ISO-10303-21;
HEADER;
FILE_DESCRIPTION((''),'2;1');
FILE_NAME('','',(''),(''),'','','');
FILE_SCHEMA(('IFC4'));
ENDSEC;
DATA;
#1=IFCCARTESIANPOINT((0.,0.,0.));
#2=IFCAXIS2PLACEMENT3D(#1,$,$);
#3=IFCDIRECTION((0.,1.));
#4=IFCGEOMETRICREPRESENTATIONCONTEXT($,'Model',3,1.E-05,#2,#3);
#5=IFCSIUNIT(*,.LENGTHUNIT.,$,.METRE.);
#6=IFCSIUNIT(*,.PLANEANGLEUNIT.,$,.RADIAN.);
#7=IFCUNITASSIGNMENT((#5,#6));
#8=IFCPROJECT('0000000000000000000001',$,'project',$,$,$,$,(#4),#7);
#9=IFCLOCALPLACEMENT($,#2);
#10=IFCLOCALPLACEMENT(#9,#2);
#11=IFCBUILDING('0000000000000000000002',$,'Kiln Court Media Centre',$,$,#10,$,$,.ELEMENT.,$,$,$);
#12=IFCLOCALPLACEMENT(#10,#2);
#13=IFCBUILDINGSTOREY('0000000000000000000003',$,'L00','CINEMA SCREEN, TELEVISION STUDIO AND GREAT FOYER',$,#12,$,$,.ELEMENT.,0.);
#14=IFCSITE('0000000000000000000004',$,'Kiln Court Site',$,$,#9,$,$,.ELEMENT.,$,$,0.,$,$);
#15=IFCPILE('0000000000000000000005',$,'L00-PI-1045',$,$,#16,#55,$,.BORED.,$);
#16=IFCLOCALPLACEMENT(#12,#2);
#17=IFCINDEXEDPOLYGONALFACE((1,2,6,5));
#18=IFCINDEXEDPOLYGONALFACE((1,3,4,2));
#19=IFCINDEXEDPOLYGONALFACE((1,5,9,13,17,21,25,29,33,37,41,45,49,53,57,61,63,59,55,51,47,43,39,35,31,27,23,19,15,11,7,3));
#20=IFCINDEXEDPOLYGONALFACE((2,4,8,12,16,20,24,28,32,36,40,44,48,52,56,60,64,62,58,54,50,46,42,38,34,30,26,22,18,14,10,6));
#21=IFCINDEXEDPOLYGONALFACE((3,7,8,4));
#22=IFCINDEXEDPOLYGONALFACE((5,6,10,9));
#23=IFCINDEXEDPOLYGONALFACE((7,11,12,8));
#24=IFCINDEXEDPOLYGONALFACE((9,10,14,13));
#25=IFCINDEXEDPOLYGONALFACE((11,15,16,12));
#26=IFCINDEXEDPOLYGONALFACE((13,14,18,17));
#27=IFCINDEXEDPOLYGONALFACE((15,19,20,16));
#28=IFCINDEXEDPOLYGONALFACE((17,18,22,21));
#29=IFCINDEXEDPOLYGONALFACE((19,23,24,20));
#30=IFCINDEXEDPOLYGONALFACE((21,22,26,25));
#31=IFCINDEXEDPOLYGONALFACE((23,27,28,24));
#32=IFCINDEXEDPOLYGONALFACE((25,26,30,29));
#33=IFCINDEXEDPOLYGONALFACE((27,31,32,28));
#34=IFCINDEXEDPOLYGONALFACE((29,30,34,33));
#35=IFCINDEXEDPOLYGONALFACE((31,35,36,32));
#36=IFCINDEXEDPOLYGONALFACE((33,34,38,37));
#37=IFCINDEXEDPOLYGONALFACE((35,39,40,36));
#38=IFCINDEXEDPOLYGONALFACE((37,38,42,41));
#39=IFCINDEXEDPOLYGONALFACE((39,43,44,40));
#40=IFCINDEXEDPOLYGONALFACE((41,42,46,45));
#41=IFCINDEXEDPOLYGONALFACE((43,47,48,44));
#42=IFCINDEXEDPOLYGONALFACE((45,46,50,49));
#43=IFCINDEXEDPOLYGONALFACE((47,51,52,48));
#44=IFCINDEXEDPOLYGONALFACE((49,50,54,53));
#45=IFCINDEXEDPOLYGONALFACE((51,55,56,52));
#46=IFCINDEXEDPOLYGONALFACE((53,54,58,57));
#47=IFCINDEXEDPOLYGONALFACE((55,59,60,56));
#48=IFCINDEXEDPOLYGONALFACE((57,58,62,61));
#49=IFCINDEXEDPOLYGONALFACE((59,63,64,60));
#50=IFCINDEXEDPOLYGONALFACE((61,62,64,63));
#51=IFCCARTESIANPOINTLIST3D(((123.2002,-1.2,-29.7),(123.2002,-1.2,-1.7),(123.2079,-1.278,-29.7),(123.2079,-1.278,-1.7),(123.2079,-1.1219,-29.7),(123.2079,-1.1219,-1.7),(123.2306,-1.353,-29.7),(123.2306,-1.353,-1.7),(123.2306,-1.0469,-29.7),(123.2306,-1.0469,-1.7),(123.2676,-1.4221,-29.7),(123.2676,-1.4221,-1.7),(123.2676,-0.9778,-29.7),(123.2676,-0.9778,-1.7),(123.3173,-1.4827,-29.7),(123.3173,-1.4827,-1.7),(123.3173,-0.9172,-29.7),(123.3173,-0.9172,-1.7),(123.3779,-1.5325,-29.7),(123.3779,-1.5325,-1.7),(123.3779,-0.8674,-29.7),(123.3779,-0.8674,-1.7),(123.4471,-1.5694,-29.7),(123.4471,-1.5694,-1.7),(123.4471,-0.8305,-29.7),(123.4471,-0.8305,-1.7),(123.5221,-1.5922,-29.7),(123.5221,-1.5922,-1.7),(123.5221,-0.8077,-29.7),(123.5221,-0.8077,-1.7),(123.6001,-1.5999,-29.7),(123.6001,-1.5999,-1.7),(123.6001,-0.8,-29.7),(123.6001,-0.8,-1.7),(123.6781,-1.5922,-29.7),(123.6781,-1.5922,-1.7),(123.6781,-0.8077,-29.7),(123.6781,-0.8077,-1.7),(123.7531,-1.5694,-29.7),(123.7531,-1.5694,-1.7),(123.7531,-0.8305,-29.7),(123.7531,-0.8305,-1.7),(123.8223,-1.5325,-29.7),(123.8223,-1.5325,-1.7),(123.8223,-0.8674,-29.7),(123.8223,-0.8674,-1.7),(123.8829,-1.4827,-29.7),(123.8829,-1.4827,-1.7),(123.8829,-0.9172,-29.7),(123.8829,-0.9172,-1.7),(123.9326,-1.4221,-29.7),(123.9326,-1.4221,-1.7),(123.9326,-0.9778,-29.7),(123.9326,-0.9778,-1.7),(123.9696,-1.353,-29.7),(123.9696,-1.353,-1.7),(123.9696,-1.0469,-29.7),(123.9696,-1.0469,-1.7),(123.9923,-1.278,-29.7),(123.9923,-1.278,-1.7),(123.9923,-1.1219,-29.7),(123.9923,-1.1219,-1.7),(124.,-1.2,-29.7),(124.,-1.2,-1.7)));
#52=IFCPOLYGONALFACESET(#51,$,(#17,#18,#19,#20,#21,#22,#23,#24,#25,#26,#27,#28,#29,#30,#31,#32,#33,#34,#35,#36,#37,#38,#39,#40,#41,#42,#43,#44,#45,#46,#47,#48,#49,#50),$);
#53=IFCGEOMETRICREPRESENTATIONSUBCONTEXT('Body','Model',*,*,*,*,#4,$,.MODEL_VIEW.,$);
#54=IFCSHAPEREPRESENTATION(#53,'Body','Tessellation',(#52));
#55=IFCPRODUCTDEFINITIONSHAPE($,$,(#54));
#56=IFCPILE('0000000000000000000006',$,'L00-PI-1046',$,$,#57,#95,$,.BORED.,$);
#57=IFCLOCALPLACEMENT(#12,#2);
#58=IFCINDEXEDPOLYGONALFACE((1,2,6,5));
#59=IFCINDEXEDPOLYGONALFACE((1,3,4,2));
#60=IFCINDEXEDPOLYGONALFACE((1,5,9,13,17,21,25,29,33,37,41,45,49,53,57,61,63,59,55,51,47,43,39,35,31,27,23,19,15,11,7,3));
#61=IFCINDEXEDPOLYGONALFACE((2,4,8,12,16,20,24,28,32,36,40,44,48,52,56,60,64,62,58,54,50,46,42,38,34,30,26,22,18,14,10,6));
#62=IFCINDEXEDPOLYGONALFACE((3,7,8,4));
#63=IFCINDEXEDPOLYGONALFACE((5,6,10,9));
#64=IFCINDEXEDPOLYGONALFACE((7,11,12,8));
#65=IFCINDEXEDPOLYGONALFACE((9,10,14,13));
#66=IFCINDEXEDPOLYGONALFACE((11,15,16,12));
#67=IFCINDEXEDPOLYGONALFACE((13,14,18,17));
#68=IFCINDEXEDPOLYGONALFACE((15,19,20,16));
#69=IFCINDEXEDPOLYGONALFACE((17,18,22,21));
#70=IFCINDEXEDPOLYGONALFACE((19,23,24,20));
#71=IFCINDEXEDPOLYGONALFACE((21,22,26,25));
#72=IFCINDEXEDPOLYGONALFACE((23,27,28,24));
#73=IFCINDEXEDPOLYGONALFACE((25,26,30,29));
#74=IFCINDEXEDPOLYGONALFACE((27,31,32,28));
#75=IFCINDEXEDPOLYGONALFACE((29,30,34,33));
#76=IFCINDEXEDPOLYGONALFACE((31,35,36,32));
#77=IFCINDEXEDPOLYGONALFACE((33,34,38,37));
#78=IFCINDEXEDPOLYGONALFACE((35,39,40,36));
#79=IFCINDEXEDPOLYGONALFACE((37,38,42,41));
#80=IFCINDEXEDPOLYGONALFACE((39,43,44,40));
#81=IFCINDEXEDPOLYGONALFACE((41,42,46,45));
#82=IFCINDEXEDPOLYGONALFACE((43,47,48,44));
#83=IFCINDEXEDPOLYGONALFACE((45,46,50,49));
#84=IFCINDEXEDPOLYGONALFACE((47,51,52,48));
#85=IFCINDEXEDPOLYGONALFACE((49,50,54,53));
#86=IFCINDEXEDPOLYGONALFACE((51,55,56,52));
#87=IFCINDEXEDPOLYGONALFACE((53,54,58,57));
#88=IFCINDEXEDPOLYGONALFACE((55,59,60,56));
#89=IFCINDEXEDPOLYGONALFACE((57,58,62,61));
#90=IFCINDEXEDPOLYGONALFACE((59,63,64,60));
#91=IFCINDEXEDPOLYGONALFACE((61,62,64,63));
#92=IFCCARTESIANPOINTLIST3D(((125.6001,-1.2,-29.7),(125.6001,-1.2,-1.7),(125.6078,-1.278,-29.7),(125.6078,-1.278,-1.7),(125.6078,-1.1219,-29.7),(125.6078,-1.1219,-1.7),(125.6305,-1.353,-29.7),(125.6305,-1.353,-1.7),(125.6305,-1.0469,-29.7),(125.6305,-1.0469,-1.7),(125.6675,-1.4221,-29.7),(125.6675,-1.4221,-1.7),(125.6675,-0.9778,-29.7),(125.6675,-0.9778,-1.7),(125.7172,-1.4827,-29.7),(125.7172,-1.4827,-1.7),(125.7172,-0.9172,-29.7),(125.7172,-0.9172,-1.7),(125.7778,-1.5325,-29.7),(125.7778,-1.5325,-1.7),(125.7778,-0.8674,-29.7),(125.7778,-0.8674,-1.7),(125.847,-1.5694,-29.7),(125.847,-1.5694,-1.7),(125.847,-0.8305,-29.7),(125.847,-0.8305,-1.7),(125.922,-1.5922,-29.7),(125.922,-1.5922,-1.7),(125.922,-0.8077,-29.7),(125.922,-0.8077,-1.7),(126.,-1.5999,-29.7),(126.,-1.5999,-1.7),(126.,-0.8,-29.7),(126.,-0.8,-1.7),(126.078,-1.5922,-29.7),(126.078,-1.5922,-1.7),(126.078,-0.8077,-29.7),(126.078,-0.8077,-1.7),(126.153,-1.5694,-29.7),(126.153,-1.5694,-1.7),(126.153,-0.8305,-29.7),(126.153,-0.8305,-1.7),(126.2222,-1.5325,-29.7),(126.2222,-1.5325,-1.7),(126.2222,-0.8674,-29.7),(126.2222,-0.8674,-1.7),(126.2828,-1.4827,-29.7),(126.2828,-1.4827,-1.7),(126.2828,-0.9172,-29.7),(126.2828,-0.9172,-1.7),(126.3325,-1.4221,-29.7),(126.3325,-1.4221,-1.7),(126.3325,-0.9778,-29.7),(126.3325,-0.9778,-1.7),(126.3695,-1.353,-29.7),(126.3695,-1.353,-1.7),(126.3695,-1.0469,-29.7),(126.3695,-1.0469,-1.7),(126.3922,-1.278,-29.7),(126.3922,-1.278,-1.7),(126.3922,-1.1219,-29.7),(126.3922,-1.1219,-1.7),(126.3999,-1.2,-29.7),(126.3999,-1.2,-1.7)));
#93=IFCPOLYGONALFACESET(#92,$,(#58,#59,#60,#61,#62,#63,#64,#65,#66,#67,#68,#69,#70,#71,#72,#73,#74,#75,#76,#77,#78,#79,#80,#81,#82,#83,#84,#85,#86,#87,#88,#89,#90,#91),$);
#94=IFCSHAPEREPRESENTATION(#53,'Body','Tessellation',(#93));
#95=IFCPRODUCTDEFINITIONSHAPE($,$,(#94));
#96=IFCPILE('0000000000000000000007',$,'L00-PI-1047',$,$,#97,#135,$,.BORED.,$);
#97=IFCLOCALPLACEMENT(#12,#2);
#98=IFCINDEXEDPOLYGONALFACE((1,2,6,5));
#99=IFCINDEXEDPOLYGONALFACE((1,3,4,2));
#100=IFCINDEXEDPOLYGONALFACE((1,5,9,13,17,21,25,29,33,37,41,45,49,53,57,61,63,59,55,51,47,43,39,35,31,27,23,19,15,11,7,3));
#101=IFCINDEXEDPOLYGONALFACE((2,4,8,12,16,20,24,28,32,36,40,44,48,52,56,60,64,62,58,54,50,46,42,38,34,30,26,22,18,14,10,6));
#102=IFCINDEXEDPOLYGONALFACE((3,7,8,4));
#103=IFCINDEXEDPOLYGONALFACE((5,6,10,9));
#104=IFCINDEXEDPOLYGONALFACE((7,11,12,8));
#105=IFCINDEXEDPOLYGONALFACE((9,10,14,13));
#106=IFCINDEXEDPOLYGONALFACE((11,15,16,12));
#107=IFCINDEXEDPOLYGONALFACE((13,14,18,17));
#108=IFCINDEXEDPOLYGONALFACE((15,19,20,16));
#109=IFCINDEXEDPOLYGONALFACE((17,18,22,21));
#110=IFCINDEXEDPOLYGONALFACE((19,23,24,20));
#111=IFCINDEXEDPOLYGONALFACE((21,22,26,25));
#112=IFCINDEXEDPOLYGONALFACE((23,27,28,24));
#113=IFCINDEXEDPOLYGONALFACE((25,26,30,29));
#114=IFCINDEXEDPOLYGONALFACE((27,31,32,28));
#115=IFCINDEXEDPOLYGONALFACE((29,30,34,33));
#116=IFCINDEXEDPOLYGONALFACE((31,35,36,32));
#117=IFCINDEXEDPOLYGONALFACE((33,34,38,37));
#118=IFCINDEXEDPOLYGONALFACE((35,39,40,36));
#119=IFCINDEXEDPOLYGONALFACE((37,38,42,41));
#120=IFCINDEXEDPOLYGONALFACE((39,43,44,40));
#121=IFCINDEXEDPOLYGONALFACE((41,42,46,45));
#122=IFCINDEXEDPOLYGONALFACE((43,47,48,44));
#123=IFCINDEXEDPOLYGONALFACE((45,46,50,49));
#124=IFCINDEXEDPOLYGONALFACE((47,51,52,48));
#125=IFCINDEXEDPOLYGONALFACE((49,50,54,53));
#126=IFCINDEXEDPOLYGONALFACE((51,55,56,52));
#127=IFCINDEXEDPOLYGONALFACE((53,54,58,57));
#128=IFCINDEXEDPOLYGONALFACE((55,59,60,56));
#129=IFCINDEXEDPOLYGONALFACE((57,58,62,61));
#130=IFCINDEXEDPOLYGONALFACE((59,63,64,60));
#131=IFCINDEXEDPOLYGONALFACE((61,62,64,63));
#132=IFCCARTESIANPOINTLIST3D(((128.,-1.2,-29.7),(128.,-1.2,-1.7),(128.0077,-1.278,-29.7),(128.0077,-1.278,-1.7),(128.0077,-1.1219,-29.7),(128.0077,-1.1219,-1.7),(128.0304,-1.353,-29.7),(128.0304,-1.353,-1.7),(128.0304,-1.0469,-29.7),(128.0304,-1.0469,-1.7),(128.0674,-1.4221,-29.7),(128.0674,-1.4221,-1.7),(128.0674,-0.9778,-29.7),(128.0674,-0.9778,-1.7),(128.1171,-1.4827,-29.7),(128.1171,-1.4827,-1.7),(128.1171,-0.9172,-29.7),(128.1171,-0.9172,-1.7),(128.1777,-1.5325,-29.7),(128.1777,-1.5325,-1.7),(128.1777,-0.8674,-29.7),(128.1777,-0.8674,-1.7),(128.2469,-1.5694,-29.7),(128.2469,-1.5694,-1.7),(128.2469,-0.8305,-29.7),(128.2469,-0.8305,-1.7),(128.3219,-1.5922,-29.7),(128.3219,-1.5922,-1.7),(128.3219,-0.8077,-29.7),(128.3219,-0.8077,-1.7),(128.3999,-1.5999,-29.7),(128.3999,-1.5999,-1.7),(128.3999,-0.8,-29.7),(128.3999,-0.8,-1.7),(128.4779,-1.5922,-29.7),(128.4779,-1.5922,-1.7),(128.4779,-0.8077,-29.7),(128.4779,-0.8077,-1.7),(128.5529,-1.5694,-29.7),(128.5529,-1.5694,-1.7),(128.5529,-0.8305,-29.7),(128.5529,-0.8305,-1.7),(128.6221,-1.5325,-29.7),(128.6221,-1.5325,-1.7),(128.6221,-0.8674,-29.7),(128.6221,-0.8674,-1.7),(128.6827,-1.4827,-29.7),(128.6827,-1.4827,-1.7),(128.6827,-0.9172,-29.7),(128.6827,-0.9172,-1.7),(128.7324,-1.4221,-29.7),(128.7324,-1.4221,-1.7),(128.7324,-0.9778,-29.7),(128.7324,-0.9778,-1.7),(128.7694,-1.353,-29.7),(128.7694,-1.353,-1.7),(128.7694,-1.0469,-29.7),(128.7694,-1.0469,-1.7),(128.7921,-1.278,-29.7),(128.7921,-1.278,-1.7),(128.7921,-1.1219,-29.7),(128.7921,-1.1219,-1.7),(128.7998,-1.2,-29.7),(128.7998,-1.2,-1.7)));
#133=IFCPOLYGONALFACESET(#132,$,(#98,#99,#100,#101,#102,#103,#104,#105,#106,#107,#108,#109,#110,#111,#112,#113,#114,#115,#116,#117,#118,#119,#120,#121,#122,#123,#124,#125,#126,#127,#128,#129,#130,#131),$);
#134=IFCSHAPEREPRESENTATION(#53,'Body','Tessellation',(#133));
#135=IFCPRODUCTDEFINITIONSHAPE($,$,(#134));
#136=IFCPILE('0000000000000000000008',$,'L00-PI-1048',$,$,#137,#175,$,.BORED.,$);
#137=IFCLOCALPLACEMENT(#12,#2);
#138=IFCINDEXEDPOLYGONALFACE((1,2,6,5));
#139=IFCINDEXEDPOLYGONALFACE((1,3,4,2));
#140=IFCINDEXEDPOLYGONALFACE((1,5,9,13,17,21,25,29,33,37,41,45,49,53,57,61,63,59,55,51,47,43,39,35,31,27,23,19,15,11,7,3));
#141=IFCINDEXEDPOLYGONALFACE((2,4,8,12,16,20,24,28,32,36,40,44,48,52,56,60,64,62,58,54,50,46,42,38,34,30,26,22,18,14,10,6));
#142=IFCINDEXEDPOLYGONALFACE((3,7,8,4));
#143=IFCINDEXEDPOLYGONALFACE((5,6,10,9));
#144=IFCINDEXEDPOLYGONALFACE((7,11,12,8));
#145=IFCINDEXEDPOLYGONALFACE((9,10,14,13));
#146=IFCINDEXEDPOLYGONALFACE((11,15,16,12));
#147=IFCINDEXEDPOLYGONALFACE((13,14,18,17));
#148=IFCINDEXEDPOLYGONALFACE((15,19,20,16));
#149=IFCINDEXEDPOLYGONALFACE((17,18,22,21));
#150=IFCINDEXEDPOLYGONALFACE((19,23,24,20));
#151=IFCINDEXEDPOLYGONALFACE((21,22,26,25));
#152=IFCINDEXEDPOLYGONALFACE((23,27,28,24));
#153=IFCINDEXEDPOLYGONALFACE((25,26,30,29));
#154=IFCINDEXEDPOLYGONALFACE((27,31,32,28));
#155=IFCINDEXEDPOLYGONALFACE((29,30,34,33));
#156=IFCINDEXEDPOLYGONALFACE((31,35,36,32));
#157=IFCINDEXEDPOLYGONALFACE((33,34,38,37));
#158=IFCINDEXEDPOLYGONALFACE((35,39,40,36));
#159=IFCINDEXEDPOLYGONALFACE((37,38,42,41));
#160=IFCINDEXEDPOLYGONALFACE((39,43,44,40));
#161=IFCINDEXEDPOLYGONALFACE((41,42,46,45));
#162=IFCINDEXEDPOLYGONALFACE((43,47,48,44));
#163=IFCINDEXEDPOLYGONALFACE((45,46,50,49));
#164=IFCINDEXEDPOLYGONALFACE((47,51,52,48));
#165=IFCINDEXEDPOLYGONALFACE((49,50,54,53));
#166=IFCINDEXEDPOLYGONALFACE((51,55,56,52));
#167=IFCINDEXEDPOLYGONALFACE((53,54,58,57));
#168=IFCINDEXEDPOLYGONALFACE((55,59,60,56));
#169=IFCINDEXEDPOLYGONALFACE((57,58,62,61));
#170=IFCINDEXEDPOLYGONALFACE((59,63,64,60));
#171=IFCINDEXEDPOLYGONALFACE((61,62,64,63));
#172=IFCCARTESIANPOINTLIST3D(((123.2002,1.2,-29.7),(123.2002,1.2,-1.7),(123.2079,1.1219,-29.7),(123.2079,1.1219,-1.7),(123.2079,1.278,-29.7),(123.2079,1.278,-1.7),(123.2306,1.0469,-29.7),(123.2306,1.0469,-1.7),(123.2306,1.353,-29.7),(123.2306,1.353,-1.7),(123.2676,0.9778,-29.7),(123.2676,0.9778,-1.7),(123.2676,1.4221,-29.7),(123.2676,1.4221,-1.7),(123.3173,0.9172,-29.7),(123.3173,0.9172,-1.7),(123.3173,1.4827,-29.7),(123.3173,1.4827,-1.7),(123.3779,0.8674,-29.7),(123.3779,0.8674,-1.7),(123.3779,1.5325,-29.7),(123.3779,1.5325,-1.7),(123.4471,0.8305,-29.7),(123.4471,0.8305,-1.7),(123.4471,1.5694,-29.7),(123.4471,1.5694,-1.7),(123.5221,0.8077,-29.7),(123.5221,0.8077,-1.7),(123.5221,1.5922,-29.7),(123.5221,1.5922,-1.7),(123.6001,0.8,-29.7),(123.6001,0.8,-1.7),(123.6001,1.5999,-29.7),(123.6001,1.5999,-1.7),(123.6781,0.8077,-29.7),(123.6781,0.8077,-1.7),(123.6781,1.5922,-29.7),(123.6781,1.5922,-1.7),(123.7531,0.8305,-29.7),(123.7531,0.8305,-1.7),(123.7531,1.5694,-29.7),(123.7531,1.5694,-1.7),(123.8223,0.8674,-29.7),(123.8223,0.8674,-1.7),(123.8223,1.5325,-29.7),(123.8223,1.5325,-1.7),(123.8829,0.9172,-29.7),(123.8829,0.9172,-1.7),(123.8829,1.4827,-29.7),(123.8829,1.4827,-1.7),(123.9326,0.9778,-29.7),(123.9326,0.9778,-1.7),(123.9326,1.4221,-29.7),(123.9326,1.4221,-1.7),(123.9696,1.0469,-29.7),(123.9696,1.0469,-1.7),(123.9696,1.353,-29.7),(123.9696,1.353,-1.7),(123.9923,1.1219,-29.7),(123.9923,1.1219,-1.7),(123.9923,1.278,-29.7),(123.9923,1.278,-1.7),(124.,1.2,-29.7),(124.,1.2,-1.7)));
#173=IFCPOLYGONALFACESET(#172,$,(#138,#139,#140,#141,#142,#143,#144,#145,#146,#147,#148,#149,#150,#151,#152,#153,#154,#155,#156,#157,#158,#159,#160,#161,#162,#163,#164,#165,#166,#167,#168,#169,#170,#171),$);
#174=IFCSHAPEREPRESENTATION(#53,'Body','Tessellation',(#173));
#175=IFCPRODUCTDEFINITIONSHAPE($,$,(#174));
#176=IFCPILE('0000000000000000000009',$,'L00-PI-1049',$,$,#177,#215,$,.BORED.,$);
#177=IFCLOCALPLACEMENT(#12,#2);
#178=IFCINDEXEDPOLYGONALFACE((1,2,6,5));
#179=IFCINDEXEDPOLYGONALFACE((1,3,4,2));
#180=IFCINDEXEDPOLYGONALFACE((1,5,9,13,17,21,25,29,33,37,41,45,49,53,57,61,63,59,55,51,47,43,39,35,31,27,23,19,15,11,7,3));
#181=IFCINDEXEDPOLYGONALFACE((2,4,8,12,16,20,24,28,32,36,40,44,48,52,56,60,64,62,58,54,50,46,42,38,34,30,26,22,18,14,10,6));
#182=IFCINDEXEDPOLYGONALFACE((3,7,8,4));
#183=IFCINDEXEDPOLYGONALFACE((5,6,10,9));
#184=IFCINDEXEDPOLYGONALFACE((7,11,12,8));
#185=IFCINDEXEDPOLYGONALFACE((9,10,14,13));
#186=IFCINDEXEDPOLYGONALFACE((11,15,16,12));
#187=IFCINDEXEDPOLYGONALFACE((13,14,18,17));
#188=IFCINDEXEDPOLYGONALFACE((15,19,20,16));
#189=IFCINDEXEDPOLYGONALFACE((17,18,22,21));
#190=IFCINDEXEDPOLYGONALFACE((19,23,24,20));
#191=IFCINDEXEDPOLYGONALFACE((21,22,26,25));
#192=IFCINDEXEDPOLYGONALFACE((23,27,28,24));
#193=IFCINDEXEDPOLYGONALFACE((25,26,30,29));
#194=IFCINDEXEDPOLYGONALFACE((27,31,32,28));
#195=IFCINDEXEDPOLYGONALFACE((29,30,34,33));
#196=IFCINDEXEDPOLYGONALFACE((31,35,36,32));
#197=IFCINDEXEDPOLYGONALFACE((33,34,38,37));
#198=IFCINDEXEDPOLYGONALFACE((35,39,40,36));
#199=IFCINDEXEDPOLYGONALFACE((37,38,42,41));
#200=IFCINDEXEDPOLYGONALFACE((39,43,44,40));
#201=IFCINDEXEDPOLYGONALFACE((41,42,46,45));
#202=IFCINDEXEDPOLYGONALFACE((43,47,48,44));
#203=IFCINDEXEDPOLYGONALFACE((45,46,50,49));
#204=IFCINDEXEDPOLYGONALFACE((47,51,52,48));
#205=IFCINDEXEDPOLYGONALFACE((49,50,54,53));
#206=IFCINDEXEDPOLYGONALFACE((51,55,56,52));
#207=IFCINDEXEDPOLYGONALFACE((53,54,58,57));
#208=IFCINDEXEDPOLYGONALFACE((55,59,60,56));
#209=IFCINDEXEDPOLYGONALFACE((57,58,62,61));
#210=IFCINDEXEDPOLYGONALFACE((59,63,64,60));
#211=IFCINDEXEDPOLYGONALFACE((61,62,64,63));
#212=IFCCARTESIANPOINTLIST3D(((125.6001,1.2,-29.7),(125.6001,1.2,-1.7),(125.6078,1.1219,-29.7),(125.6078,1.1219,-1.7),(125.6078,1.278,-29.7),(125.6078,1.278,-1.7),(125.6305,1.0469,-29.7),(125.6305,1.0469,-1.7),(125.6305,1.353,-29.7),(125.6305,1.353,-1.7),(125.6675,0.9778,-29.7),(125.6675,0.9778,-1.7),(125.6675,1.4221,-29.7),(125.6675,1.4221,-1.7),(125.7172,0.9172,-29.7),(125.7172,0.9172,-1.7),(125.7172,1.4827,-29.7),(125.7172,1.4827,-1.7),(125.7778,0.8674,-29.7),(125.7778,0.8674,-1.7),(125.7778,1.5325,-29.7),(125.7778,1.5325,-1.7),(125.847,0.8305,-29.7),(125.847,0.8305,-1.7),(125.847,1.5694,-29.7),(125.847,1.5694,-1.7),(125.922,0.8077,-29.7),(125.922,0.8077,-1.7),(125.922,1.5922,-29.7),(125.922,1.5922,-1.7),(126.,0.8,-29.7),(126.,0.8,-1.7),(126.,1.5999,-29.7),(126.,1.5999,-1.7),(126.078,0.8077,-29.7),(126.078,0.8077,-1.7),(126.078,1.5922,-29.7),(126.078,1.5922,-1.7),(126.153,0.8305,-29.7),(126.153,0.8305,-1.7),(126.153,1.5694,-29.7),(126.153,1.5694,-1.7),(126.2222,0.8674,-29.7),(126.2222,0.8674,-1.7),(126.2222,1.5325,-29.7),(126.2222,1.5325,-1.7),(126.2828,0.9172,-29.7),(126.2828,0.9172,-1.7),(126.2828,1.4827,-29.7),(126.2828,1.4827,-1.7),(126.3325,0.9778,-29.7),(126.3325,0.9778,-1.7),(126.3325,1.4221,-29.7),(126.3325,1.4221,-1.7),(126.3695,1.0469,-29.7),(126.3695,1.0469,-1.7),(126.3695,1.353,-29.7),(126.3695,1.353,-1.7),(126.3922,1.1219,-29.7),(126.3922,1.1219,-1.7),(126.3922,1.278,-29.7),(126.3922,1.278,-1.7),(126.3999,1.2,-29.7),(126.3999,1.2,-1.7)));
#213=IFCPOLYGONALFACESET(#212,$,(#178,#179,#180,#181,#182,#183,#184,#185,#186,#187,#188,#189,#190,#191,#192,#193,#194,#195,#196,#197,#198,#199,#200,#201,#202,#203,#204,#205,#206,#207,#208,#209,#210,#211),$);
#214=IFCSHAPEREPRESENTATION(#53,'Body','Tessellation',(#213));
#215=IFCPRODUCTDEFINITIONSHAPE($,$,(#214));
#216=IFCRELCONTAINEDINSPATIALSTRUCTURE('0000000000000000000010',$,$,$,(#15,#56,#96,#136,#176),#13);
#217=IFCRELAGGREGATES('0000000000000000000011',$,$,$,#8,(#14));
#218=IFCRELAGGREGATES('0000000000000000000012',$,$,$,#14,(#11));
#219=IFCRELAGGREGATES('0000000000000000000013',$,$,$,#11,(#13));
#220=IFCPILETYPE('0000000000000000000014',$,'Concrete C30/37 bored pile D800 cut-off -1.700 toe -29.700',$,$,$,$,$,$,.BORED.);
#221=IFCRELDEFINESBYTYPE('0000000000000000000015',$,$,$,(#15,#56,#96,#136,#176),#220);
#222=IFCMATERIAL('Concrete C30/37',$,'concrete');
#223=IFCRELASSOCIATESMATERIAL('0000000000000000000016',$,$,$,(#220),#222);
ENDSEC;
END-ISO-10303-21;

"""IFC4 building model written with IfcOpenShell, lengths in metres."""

from ifc_helpers import new_model, si_unit, direction, frame, origin, origin_2d, place, context, subcontext, project, spatial, circle, extrude, material, material_profile, profile_set, type_object, element, save


model = new_model("IFC4")

# Units and contexts
model_context = context("Model", 3, precision=1e-05, world=origin(), true_north=direction((0.0, 1.0)))
body_context = subcontext(model_context, "Body", "Model", "MODEL_VIEW")
ifc_project = project(units=[si_unit("LENGTHUNIT", "METRE"), si_unit("PLANEANGLEUNIT", "RADIAN")], contexts=[model_context])

# Site, building, storey
site_placement = place(None, origin())
site = spatial("IfcSite", under=ifc_project, at=site_placement, Name="Kiln Court Site", CompositionType="ELEMENT", RefElevation=0.0)
building_placement = place(site_placement, origin())
building = spatial("IfcBuilding", under=site, at=building_placement, Name="Kiln Court Media Centre", CompositionType="ELEMENT")
storey_placement = place(building_placement, origin())
storey = spatial("IfcBuildingStorey", under=building, at=storey_placement, Name="L00", Description="CINEMA SCREEN, TELEVISION STUDIO AND GREAT FOYER", CompositionType="ELEMENT", Elevation=0.0)

# Piles
ifc_material_1 = material(Name="Concrete C30/37", Category="concrete")
ifc_material_profile_1 = material_profile(ifc_material_1, circle(Radius=0.3999, at=origin_2d()), Name="PILE D800")
ifc_profile_set_1 = profile_set([ifc_material_profile_1], Name="Concrete C30/37")
pile_type = type_object("IfcPileType", Name="Concrete C30/37 bored pile D800 cut-off -1.700 toe -29.700", PredefinedType="BORED", material=ifc_profile_set_1)
for number, where, z_axis, x_axis, name in (
    (1, (123.6001, -1.2, -1.7), (0.0, 0.0, -1.0), (1.0, 0.0, 0.0), "L00-PI-1045"),
    (2, (126.0, -1.2, -1.7), (0.0, 0.0, -1.0), (1.0, 0.0, 0.0), "L00-PI-1046"),
    (3, (128.3999, -1.2, -1.7), (0.0, 0.0, -1.0), (1.0, 0.0, 0.0), "L00-PI-1047"),
    (4, (123.6001, 1.2, -1.7), (0.0, 0.0, -1.0), (1.0, 0.0, 0.0), "L00-PI-1048"),
    (5, (126.0, 1.2, -1.7), (0.0, 0.0, -1.0), (1.0, 0.0, 0.0), "L00-PI-1049"),
):
    element("IfcPile", number, at=place(storey_placement, frame(where, z_axis=z_axis, x_axis=x_axis)), inside=storey, type_object=pile_type, Name=name, PredefinedType="BORED", context=body_context, shape_type="SweptSolid", body=[
        extrude(circle(Radius=0.3999, at=origin_2d()), origin(), (0.0, 0.0, 1.0), 28.0),
    ])

save(model, "model.ifc")
